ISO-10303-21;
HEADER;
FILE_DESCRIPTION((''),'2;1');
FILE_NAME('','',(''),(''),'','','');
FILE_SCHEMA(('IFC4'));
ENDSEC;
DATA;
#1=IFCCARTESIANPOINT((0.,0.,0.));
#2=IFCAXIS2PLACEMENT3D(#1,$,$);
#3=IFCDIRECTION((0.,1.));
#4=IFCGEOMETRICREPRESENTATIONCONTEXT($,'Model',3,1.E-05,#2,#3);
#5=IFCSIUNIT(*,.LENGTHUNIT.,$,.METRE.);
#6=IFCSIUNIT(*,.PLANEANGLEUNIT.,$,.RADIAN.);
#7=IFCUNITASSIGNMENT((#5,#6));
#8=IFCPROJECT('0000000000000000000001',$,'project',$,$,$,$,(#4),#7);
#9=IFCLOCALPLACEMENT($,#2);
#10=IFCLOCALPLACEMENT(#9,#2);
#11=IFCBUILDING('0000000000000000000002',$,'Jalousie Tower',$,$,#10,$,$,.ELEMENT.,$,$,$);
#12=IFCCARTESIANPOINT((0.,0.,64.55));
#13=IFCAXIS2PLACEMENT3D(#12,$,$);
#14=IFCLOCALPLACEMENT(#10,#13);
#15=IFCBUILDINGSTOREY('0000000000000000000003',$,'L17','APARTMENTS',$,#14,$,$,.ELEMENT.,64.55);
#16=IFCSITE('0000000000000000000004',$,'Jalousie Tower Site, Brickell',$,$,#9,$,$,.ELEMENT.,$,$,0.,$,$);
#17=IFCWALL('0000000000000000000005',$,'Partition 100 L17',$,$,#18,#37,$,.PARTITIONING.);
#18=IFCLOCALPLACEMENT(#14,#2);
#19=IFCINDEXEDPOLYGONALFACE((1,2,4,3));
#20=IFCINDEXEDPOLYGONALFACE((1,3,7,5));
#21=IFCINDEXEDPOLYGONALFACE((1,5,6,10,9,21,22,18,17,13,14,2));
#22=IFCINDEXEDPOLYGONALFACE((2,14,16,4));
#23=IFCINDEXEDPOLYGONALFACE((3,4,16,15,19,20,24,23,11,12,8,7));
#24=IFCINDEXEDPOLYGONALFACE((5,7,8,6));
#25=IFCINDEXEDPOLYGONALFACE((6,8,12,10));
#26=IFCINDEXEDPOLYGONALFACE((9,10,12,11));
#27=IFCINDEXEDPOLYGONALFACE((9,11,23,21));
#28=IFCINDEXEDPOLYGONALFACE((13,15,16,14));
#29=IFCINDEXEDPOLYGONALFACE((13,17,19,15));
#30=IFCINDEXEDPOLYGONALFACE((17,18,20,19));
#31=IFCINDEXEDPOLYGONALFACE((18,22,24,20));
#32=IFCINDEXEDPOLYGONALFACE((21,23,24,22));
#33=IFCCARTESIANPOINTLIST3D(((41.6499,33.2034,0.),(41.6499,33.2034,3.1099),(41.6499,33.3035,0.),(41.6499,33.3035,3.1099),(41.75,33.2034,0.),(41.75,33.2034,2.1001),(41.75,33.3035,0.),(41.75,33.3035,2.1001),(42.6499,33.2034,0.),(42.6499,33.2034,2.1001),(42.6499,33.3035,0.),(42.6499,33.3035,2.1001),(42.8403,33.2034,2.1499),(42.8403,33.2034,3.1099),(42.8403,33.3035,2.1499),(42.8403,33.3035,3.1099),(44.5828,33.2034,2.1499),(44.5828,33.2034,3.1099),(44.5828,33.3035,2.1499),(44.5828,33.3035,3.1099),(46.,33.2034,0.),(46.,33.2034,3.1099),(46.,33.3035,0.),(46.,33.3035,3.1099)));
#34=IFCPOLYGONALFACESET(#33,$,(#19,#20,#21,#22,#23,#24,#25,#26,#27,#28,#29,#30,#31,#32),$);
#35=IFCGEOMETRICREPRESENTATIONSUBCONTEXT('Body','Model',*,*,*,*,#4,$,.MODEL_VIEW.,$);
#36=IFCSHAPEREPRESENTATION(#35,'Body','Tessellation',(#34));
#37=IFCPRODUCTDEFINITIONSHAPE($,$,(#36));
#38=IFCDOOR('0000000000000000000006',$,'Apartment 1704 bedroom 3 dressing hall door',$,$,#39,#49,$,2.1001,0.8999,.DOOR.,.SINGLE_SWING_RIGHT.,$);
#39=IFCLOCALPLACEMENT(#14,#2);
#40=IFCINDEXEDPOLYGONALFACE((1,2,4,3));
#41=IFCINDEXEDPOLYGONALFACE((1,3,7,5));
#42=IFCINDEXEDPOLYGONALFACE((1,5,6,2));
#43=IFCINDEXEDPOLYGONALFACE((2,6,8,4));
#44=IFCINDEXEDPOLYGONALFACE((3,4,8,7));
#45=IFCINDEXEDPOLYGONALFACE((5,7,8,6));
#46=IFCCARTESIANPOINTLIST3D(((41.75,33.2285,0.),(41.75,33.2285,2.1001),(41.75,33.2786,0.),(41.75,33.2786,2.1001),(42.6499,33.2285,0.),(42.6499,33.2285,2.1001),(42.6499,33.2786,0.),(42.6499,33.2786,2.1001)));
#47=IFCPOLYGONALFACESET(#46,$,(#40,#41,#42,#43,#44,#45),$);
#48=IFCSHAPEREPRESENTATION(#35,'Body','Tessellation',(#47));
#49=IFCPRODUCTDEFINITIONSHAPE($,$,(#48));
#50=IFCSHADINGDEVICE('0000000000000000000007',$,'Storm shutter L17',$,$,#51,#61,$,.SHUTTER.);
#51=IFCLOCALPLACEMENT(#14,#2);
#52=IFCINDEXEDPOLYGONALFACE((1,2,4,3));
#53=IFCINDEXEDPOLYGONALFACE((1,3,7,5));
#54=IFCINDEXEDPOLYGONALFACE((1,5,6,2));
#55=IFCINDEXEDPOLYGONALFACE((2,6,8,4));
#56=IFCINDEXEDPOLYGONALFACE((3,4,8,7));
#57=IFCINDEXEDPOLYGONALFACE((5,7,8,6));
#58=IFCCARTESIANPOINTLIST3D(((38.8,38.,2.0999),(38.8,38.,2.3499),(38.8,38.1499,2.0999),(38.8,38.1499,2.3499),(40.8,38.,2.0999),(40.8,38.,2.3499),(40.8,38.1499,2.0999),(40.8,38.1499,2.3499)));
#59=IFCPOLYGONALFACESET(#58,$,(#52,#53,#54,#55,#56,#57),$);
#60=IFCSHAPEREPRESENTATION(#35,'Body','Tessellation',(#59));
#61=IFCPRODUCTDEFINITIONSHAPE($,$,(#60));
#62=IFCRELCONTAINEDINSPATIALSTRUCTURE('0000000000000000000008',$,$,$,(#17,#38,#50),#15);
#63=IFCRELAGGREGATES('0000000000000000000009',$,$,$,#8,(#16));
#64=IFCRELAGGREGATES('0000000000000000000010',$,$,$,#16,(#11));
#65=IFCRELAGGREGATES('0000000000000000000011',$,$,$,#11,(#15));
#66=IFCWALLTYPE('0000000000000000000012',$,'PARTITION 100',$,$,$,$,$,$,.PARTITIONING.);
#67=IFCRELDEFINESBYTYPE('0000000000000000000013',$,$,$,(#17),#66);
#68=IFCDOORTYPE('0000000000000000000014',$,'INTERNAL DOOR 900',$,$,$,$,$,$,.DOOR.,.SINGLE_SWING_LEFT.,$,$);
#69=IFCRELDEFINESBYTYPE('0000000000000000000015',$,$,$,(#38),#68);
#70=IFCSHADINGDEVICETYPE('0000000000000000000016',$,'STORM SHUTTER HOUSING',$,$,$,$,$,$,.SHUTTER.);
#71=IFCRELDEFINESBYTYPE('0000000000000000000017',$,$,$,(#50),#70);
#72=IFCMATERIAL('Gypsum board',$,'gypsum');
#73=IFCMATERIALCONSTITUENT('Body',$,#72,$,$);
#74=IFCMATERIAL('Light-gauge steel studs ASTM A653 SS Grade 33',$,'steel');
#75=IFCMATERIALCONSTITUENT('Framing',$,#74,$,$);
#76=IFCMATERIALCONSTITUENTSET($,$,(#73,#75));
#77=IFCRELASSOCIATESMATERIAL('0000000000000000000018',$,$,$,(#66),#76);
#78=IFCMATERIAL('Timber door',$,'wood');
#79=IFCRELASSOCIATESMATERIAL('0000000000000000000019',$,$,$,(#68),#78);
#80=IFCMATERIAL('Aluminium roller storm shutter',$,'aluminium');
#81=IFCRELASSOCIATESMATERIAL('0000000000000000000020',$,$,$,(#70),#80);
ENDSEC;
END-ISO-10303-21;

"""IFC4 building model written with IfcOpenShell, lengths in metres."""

from ifc_helpers import new_model, si_unit, direction, frame, frame_2d, origin, origin_2d, place, context, subcontext, project, spatial, polyline, rectangle, outline, extrude, material, constituent, constituent_set, type_object, element, fill, save


model = new_model("IFC4")

# Units and contexts
model_context = context("Model", 3, precision=1e-05, world=origin(), true_north=direction((0.0, 1.0)))
body_context = subcontext(model_context, "Body", "Model", "MODEL_VIEW")
ifc_project = project(units=[si_unit("LENGTHUNIT", "METRE"), si_unit("PLANEANGLEUNIT", "RADIAN")], contexts=[model_context])

# Site, building, storey
site_placement = place(None, origin())
site = spatial("IfcSite", under=ifc_project, at=site_placement, Name="Jalousie Tower Site, Brickell", CompositionType="ELEMENT", RefElevation=0.0)
building_placement = place(site_placement, origin())
building = spatial("IfcBuilding", under=site, at=building_placement, Name="Jalousie Tower", CompositionType="ELEMENT")
storey_placement = place(building_placement, frame((0.0, 0.0, 64.55)))
storey = spatial("IfcBuildingStorey", under=building, at=storey_placement, Name="L17", Description="APARTMENTS", CompositionType="ELEMENT", Elevation=64.55)

# Shared definitions
ifc_material_1 = material(Name="Gypsum board", Category="gypsum")
ifc_constituent_1 = constituent(ifc_material_1, Name="Body")
ifc_material_2 = material(Name="Light-gauge steel studs ASTM A653 SS Grade 33", Category="steel")
ifc_constituent_2 = constituent(ifc_material_2, Name="Framing")
ifc_constituent_set_1 = constituent_set(constituents=[ifc_constituent_1, ifc_constituent_2])
wall_type_1 = type_object("IfcWallType", Name="PARTITION 100", PredefinedType="PARTITIONING", material=ifc_constituent_set_1)
ifc_material_3 = material(Name="Timber door", Category="wood")
door_type_1 = type_object("IfcDoorType", Name="INTERNAL DOOR 900", OperationType="SINGLE_SWING_LEFT", PredefinedType="DOOR", material=ifc_material_3)

# Wall, opening, door
wall_1_placement = place(storey_placement, frame((41.6499, 33.2534, 0.0), z_axis=(0.0, 0.0, 1.0), x_axis=(1.0, 0.0, 0.0)))
wall_1 = element("IfcWall", 1, at=wall_1_placement, inside=storey, type_object=wall_type_1, Name="Partition 100 L17", PredefinedType="PARTITIONING", context=body_context, shape_type="SweptSolid", body=[
    extrude(outline(polyline([(0.0, 0.0), (4.3501, 0.0), (4.3501, 3.1099), (2.9329, 3.1099), (2.9329, 2.1499), (1.1904, 2.1499), (1.1904, 3.1099), (0.0, 3.1099), (0.0, 0.0)])), frame((0.0, 0.05, 0.0), z_axis=(0.0, -1.0, 0.0), x_axis=(1.0, 0.0, 0.0)), (0.0, 0.0, 1.0), 0.1001),
])
opening_1_placement = place(wall_1_placement, frame((0.1001, 0.0, 0.0)))
opening_1 = element("IfcOpeningElement", 2, at=opening_1_placement, cuts=wall_1, PredefinedType="OPENING", context=body_context, shape_type="SweptSolid", body=[
    extrude(rectangle(XDim=0.8999, YDim=2.1001, at=frame_2d((0.45, 1.05))), frame((0.0, 0.0601, 0.0), z_axis=(0.0, -1.0, 0.0), x_axis=(1.0, 0.0, 0.0)), (0.0, 0.0, 1.0), 0.1201),
])
door_1_placement = place(opening_1_placement, frame((0.8999, 0.0, 0.0), z_axis=(0.0, 0.0, 1.0), x_axis=(-1.0, 0.0, 0.0)))
door_1 = element("IfcDoor", 3, at=door_1_placement, inside=storey, type_object=door_type_1, Name="Apartment 1704 bedroom 3 dressing hall door", OperationType="SINGLE_SWING_RIGHT", OverallHeight=2.1001, OverallWidth=0.8999, PredefinedType="DOOR", context=body_context, shape_type="SweptSolid", body=[
    extrude(rectangle(XDim=0.8999, YDim=2.1001, at=frame_2d((0.45, 1.05))), frame((0.0, 0.0249, 0.0), z_axis=(0.0, -1.0, 0.0), x_axis=(1.0, 0.0, 0.0)), (0.0, 0.0, 1.0), 0.05),
])
fill(opening_1, door_1)

# Shading device
ifc_material_4 = material(Name="Aluminium roller storm shutter", Category="aluminium")
shading_device_type = type_object("IfcShadingDeviceType", Name="STORM SHUTTER HOUSING", PredefinedType="SHUTTER", material=ifc_material_4)
shading_device_placement = place(storey_placement, frame((39.8, 38.075, 2.0999), z_axis=(0.0, 0.0, 1.0), x_axis=(-1.0, 0.0, 0.0)))
element("IfcShadingDevice", 4, at=shading_device_placement, inside=storey, type_object=shading_device_type, Name="Storm shutter L17", PredefinedType="SHUTTER", context=body_context, shape_type="SweptSolid", body=[
    extrude(rectangle(XDim=2.0, YDim=0.1499, at=origin_2d()), origin(), (0.0, 0.0, 1.0), 0.25),
])

save(model, "model.ifc")
